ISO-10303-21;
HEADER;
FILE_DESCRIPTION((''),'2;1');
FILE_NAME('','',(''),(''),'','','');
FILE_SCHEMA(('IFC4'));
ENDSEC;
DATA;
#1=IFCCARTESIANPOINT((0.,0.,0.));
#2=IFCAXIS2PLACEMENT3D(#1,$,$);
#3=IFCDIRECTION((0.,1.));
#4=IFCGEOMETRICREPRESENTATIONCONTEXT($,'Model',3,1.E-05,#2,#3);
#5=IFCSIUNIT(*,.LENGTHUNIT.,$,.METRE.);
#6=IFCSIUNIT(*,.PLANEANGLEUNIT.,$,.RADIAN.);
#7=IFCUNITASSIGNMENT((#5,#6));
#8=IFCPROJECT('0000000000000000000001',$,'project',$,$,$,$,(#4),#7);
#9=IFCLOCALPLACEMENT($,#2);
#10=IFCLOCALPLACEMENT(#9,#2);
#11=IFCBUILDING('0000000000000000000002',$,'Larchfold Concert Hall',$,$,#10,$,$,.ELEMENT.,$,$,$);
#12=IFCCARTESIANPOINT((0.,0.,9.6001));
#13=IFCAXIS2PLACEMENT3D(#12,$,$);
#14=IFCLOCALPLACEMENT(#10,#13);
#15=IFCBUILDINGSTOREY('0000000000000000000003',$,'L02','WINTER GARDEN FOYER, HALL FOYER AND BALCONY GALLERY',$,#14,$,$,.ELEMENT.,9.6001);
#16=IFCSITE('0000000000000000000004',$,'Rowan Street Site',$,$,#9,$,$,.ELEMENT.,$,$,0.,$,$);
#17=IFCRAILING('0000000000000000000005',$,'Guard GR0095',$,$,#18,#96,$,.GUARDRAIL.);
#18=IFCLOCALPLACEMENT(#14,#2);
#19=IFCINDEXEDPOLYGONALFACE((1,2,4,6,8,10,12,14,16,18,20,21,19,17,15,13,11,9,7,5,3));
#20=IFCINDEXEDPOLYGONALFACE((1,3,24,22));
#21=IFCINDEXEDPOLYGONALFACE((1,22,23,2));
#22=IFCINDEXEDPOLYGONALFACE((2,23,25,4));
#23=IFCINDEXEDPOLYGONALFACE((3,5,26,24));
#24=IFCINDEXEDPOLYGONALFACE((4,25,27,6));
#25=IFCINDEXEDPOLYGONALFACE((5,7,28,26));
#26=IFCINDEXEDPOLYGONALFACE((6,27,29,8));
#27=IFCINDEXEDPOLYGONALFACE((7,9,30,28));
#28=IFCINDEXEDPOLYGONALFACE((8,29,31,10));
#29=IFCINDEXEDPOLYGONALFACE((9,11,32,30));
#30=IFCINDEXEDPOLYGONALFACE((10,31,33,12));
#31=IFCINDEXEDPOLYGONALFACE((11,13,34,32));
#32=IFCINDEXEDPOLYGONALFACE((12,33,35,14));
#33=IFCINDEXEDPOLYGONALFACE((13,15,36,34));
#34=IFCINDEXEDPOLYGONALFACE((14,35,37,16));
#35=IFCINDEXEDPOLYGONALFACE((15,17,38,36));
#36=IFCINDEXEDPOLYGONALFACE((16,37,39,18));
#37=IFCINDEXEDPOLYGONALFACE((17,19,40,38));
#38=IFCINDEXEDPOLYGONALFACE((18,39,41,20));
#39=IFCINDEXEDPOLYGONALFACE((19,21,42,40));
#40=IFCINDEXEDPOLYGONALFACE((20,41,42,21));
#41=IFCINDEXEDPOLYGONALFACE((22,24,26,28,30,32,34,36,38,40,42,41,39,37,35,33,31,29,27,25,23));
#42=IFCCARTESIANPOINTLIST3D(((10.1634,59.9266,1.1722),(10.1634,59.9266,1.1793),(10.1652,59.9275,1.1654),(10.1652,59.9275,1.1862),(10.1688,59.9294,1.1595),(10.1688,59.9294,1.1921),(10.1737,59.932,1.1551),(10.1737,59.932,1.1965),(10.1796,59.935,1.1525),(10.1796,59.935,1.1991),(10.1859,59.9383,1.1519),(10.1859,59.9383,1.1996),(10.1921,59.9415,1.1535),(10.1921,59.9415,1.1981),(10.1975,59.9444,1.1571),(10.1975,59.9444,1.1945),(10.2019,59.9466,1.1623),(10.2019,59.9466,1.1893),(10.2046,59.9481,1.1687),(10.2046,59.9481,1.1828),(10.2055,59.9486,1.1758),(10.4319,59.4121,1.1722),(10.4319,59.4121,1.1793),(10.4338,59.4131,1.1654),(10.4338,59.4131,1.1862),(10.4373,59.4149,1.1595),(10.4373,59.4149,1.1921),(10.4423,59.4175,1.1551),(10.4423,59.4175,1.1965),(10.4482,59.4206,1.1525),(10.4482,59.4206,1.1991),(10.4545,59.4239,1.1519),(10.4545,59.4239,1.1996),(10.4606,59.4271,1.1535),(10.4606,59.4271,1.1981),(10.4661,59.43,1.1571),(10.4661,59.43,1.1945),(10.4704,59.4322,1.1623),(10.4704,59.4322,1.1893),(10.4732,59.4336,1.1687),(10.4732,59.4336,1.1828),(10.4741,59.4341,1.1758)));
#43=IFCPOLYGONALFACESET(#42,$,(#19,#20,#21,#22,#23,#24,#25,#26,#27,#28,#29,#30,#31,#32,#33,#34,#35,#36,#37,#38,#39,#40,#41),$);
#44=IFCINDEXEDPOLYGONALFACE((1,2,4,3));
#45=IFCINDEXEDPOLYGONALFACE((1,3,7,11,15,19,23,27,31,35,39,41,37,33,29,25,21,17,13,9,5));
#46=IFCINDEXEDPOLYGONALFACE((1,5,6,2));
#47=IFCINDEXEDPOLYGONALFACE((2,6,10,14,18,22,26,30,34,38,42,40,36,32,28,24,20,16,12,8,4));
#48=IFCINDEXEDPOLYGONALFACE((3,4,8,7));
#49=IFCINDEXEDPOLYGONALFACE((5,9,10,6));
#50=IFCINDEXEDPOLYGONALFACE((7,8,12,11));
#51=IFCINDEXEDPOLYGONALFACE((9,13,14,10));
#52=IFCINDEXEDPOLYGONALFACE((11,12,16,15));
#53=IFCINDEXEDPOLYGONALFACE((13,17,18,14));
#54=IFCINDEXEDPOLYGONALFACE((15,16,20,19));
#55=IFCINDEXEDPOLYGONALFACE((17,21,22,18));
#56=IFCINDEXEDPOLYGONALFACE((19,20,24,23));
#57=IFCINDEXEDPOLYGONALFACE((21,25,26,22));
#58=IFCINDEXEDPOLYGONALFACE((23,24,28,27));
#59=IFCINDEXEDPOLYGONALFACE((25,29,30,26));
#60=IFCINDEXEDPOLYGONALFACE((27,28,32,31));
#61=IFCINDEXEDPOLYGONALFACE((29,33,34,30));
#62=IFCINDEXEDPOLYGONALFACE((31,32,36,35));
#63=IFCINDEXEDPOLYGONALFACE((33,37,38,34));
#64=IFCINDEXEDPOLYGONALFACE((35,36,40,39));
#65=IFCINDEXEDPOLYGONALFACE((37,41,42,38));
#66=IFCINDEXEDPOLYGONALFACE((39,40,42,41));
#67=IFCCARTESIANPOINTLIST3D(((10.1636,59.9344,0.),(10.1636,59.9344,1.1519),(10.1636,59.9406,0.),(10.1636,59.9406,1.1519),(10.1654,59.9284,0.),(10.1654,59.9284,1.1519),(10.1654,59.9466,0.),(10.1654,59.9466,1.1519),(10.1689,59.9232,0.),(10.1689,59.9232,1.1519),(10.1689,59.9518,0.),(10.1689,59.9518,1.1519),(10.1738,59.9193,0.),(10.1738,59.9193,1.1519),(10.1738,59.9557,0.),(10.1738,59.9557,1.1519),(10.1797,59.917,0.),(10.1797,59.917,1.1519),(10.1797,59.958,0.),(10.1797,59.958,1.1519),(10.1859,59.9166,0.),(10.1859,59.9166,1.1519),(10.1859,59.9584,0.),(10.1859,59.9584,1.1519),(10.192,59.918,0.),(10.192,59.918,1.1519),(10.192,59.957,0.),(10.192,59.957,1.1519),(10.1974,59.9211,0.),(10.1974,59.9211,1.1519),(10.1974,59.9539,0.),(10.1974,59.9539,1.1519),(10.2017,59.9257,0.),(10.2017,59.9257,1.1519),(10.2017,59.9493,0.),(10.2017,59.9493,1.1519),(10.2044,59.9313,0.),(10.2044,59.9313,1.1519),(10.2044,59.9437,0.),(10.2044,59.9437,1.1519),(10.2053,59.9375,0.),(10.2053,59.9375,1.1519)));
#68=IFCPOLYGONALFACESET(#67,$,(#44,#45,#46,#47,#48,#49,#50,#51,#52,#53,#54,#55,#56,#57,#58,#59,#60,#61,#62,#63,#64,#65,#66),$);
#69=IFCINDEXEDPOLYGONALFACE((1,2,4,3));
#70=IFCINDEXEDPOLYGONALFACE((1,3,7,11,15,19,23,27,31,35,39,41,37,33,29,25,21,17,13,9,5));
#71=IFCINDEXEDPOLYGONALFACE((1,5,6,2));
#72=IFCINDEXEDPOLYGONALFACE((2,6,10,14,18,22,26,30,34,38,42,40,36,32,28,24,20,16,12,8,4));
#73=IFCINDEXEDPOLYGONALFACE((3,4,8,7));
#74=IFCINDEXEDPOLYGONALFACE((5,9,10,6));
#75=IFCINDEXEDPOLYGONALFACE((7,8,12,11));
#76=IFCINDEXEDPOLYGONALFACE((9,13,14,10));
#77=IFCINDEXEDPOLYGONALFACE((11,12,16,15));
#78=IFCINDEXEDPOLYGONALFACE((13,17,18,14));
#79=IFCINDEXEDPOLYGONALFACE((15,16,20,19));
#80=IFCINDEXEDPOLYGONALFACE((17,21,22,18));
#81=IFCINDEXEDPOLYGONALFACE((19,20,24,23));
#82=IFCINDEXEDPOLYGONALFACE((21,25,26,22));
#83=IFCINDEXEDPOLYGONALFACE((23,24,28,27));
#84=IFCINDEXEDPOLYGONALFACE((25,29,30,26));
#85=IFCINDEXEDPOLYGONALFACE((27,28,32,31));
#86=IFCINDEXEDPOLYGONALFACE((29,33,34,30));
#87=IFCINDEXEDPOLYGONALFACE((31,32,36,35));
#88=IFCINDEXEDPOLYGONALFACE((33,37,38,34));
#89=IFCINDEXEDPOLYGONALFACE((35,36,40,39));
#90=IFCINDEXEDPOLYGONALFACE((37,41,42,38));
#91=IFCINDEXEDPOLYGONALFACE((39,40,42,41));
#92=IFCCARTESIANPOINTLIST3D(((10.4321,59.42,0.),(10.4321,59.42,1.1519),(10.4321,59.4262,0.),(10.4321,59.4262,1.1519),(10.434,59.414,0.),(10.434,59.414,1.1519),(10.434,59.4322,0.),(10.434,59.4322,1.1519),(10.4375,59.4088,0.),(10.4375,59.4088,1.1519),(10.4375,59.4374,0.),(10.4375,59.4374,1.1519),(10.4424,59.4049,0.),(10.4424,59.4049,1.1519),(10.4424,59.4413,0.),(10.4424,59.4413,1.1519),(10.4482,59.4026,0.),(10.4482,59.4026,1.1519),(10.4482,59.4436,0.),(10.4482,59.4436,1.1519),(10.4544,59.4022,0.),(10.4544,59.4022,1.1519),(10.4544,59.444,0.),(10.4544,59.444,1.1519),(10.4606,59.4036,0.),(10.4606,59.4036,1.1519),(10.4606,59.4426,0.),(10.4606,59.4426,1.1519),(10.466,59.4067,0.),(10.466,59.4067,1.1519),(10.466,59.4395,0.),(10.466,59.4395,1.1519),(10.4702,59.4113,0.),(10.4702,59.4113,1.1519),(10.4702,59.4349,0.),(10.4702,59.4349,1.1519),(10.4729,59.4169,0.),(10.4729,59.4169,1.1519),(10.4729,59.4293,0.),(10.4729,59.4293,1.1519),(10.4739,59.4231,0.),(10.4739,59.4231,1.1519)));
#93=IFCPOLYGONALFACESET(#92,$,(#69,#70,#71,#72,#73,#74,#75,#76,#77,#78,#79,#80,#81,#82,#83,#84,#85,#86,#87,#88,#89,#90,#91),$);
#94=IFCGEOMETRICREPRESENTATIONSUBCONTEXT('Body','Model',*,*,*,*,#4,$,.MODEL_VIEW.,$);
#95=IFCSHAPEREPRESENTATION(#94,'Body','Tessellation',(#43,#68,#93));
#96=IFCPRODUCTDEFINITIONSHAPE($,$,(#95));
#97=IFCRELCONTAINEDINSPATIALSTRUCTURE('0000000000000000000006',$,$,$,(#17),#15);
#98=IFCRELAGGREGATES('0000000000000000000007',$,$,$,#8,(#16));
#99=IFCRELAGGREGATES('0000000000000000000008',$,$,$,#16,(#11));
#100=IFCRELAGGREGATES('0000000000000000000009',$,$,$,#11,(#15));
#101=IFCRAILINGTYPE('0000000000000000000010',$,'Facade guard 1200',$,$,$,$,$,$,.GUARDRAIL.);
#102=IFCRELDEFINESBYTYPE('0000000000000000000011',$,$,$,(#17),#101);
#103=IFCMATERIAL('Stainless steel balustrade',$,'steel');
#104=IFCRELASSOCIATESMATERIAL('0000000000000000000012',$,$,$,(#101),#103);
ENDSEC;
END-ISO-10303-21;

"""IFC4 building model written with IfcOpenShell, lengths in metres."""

from ifc_helpers import new_model, si_unit, direction, frame, origin, origin_2d, place, context, subcontext, project, spatial, circle, extrude, material, type_object, element, save


model = new_model("IFC4")

# Units and contexts
model_context = context("Model", 3, precision=1e-05, world=origin(), true_north=direction((0.0, 1.0)))
body_context = subcontext(model_context, "Body", "Model", "MODEL_VIEW")
ifc_project = project(units=[si_unit("LENGTHUNIT", "METRE"), si_unit("PLANEANGLEUNIT", "RADIAN")], contexts=[model_context])

# Site, building, storey
site_placement = place(None, origin())
site = spatial("IfcSite", under=ifc_project, at=site_placement, Name="Rowan Street Site", CompositionType="ELEMENT", RefElevation=0.0)
building_placement = place(site_placement, origin())
building = spatial("IfcBuilding", under=site, at=building_placement, Name="Larchfold Concert Hall", CompositionType="ELEMENT")
storey_placement = place(building_placement, frame((0.0, 0.0, 9.6001)))
storey = spatial("IfcBuildingStorey", under=building, at=storey_placement, Name="L02", Description="WINTER GARDEN FOYER, HALL FOYER AND BALCONY GALLERY", CompositionType="ELEMENT", Elevation=9.6001)

# Railing
ifc_material_1 = material(Name="Stainless steel balustrade", Category="steel")
railing_type = type_object("IfcRailingType", Name="Facade guard 1200", PredefinedType="GUARDRAIL", material=ifc_material_1)
railing_placement = place(storey_placement, frame((10.1843, 59.9375, 0.0)))
element("IfcRailing", 1, at=railing_placement, inside=storey, type_object=railing_type, Name="Guard GR0095", PredefinedType="GUARDRAIL", context=body_context, shape_type="SweptSolid", body=[
    extrude(circle(Radius=0.0239, at=origin_2d()), frame((0.0, 0.0, 1.1758), z_axis=(0.462796, -0.886465, 0.0), x_axis=(0.886465, 0.462796, 0.0)), (0.0, 0.0, 1.0), 0.5803),
    extrude(circle(Radius=0.021, at=origin_2d()), origin(), (0.0, 0.0, 1.0), 1.1519),
    extrude(circle(Radius=0.021, at=origin_2d()), frame((0.2686, -0.5144, 0.0)), (0.0, 0.0, 1.0), 1.1519),
])

save(model, "model.ifc")
